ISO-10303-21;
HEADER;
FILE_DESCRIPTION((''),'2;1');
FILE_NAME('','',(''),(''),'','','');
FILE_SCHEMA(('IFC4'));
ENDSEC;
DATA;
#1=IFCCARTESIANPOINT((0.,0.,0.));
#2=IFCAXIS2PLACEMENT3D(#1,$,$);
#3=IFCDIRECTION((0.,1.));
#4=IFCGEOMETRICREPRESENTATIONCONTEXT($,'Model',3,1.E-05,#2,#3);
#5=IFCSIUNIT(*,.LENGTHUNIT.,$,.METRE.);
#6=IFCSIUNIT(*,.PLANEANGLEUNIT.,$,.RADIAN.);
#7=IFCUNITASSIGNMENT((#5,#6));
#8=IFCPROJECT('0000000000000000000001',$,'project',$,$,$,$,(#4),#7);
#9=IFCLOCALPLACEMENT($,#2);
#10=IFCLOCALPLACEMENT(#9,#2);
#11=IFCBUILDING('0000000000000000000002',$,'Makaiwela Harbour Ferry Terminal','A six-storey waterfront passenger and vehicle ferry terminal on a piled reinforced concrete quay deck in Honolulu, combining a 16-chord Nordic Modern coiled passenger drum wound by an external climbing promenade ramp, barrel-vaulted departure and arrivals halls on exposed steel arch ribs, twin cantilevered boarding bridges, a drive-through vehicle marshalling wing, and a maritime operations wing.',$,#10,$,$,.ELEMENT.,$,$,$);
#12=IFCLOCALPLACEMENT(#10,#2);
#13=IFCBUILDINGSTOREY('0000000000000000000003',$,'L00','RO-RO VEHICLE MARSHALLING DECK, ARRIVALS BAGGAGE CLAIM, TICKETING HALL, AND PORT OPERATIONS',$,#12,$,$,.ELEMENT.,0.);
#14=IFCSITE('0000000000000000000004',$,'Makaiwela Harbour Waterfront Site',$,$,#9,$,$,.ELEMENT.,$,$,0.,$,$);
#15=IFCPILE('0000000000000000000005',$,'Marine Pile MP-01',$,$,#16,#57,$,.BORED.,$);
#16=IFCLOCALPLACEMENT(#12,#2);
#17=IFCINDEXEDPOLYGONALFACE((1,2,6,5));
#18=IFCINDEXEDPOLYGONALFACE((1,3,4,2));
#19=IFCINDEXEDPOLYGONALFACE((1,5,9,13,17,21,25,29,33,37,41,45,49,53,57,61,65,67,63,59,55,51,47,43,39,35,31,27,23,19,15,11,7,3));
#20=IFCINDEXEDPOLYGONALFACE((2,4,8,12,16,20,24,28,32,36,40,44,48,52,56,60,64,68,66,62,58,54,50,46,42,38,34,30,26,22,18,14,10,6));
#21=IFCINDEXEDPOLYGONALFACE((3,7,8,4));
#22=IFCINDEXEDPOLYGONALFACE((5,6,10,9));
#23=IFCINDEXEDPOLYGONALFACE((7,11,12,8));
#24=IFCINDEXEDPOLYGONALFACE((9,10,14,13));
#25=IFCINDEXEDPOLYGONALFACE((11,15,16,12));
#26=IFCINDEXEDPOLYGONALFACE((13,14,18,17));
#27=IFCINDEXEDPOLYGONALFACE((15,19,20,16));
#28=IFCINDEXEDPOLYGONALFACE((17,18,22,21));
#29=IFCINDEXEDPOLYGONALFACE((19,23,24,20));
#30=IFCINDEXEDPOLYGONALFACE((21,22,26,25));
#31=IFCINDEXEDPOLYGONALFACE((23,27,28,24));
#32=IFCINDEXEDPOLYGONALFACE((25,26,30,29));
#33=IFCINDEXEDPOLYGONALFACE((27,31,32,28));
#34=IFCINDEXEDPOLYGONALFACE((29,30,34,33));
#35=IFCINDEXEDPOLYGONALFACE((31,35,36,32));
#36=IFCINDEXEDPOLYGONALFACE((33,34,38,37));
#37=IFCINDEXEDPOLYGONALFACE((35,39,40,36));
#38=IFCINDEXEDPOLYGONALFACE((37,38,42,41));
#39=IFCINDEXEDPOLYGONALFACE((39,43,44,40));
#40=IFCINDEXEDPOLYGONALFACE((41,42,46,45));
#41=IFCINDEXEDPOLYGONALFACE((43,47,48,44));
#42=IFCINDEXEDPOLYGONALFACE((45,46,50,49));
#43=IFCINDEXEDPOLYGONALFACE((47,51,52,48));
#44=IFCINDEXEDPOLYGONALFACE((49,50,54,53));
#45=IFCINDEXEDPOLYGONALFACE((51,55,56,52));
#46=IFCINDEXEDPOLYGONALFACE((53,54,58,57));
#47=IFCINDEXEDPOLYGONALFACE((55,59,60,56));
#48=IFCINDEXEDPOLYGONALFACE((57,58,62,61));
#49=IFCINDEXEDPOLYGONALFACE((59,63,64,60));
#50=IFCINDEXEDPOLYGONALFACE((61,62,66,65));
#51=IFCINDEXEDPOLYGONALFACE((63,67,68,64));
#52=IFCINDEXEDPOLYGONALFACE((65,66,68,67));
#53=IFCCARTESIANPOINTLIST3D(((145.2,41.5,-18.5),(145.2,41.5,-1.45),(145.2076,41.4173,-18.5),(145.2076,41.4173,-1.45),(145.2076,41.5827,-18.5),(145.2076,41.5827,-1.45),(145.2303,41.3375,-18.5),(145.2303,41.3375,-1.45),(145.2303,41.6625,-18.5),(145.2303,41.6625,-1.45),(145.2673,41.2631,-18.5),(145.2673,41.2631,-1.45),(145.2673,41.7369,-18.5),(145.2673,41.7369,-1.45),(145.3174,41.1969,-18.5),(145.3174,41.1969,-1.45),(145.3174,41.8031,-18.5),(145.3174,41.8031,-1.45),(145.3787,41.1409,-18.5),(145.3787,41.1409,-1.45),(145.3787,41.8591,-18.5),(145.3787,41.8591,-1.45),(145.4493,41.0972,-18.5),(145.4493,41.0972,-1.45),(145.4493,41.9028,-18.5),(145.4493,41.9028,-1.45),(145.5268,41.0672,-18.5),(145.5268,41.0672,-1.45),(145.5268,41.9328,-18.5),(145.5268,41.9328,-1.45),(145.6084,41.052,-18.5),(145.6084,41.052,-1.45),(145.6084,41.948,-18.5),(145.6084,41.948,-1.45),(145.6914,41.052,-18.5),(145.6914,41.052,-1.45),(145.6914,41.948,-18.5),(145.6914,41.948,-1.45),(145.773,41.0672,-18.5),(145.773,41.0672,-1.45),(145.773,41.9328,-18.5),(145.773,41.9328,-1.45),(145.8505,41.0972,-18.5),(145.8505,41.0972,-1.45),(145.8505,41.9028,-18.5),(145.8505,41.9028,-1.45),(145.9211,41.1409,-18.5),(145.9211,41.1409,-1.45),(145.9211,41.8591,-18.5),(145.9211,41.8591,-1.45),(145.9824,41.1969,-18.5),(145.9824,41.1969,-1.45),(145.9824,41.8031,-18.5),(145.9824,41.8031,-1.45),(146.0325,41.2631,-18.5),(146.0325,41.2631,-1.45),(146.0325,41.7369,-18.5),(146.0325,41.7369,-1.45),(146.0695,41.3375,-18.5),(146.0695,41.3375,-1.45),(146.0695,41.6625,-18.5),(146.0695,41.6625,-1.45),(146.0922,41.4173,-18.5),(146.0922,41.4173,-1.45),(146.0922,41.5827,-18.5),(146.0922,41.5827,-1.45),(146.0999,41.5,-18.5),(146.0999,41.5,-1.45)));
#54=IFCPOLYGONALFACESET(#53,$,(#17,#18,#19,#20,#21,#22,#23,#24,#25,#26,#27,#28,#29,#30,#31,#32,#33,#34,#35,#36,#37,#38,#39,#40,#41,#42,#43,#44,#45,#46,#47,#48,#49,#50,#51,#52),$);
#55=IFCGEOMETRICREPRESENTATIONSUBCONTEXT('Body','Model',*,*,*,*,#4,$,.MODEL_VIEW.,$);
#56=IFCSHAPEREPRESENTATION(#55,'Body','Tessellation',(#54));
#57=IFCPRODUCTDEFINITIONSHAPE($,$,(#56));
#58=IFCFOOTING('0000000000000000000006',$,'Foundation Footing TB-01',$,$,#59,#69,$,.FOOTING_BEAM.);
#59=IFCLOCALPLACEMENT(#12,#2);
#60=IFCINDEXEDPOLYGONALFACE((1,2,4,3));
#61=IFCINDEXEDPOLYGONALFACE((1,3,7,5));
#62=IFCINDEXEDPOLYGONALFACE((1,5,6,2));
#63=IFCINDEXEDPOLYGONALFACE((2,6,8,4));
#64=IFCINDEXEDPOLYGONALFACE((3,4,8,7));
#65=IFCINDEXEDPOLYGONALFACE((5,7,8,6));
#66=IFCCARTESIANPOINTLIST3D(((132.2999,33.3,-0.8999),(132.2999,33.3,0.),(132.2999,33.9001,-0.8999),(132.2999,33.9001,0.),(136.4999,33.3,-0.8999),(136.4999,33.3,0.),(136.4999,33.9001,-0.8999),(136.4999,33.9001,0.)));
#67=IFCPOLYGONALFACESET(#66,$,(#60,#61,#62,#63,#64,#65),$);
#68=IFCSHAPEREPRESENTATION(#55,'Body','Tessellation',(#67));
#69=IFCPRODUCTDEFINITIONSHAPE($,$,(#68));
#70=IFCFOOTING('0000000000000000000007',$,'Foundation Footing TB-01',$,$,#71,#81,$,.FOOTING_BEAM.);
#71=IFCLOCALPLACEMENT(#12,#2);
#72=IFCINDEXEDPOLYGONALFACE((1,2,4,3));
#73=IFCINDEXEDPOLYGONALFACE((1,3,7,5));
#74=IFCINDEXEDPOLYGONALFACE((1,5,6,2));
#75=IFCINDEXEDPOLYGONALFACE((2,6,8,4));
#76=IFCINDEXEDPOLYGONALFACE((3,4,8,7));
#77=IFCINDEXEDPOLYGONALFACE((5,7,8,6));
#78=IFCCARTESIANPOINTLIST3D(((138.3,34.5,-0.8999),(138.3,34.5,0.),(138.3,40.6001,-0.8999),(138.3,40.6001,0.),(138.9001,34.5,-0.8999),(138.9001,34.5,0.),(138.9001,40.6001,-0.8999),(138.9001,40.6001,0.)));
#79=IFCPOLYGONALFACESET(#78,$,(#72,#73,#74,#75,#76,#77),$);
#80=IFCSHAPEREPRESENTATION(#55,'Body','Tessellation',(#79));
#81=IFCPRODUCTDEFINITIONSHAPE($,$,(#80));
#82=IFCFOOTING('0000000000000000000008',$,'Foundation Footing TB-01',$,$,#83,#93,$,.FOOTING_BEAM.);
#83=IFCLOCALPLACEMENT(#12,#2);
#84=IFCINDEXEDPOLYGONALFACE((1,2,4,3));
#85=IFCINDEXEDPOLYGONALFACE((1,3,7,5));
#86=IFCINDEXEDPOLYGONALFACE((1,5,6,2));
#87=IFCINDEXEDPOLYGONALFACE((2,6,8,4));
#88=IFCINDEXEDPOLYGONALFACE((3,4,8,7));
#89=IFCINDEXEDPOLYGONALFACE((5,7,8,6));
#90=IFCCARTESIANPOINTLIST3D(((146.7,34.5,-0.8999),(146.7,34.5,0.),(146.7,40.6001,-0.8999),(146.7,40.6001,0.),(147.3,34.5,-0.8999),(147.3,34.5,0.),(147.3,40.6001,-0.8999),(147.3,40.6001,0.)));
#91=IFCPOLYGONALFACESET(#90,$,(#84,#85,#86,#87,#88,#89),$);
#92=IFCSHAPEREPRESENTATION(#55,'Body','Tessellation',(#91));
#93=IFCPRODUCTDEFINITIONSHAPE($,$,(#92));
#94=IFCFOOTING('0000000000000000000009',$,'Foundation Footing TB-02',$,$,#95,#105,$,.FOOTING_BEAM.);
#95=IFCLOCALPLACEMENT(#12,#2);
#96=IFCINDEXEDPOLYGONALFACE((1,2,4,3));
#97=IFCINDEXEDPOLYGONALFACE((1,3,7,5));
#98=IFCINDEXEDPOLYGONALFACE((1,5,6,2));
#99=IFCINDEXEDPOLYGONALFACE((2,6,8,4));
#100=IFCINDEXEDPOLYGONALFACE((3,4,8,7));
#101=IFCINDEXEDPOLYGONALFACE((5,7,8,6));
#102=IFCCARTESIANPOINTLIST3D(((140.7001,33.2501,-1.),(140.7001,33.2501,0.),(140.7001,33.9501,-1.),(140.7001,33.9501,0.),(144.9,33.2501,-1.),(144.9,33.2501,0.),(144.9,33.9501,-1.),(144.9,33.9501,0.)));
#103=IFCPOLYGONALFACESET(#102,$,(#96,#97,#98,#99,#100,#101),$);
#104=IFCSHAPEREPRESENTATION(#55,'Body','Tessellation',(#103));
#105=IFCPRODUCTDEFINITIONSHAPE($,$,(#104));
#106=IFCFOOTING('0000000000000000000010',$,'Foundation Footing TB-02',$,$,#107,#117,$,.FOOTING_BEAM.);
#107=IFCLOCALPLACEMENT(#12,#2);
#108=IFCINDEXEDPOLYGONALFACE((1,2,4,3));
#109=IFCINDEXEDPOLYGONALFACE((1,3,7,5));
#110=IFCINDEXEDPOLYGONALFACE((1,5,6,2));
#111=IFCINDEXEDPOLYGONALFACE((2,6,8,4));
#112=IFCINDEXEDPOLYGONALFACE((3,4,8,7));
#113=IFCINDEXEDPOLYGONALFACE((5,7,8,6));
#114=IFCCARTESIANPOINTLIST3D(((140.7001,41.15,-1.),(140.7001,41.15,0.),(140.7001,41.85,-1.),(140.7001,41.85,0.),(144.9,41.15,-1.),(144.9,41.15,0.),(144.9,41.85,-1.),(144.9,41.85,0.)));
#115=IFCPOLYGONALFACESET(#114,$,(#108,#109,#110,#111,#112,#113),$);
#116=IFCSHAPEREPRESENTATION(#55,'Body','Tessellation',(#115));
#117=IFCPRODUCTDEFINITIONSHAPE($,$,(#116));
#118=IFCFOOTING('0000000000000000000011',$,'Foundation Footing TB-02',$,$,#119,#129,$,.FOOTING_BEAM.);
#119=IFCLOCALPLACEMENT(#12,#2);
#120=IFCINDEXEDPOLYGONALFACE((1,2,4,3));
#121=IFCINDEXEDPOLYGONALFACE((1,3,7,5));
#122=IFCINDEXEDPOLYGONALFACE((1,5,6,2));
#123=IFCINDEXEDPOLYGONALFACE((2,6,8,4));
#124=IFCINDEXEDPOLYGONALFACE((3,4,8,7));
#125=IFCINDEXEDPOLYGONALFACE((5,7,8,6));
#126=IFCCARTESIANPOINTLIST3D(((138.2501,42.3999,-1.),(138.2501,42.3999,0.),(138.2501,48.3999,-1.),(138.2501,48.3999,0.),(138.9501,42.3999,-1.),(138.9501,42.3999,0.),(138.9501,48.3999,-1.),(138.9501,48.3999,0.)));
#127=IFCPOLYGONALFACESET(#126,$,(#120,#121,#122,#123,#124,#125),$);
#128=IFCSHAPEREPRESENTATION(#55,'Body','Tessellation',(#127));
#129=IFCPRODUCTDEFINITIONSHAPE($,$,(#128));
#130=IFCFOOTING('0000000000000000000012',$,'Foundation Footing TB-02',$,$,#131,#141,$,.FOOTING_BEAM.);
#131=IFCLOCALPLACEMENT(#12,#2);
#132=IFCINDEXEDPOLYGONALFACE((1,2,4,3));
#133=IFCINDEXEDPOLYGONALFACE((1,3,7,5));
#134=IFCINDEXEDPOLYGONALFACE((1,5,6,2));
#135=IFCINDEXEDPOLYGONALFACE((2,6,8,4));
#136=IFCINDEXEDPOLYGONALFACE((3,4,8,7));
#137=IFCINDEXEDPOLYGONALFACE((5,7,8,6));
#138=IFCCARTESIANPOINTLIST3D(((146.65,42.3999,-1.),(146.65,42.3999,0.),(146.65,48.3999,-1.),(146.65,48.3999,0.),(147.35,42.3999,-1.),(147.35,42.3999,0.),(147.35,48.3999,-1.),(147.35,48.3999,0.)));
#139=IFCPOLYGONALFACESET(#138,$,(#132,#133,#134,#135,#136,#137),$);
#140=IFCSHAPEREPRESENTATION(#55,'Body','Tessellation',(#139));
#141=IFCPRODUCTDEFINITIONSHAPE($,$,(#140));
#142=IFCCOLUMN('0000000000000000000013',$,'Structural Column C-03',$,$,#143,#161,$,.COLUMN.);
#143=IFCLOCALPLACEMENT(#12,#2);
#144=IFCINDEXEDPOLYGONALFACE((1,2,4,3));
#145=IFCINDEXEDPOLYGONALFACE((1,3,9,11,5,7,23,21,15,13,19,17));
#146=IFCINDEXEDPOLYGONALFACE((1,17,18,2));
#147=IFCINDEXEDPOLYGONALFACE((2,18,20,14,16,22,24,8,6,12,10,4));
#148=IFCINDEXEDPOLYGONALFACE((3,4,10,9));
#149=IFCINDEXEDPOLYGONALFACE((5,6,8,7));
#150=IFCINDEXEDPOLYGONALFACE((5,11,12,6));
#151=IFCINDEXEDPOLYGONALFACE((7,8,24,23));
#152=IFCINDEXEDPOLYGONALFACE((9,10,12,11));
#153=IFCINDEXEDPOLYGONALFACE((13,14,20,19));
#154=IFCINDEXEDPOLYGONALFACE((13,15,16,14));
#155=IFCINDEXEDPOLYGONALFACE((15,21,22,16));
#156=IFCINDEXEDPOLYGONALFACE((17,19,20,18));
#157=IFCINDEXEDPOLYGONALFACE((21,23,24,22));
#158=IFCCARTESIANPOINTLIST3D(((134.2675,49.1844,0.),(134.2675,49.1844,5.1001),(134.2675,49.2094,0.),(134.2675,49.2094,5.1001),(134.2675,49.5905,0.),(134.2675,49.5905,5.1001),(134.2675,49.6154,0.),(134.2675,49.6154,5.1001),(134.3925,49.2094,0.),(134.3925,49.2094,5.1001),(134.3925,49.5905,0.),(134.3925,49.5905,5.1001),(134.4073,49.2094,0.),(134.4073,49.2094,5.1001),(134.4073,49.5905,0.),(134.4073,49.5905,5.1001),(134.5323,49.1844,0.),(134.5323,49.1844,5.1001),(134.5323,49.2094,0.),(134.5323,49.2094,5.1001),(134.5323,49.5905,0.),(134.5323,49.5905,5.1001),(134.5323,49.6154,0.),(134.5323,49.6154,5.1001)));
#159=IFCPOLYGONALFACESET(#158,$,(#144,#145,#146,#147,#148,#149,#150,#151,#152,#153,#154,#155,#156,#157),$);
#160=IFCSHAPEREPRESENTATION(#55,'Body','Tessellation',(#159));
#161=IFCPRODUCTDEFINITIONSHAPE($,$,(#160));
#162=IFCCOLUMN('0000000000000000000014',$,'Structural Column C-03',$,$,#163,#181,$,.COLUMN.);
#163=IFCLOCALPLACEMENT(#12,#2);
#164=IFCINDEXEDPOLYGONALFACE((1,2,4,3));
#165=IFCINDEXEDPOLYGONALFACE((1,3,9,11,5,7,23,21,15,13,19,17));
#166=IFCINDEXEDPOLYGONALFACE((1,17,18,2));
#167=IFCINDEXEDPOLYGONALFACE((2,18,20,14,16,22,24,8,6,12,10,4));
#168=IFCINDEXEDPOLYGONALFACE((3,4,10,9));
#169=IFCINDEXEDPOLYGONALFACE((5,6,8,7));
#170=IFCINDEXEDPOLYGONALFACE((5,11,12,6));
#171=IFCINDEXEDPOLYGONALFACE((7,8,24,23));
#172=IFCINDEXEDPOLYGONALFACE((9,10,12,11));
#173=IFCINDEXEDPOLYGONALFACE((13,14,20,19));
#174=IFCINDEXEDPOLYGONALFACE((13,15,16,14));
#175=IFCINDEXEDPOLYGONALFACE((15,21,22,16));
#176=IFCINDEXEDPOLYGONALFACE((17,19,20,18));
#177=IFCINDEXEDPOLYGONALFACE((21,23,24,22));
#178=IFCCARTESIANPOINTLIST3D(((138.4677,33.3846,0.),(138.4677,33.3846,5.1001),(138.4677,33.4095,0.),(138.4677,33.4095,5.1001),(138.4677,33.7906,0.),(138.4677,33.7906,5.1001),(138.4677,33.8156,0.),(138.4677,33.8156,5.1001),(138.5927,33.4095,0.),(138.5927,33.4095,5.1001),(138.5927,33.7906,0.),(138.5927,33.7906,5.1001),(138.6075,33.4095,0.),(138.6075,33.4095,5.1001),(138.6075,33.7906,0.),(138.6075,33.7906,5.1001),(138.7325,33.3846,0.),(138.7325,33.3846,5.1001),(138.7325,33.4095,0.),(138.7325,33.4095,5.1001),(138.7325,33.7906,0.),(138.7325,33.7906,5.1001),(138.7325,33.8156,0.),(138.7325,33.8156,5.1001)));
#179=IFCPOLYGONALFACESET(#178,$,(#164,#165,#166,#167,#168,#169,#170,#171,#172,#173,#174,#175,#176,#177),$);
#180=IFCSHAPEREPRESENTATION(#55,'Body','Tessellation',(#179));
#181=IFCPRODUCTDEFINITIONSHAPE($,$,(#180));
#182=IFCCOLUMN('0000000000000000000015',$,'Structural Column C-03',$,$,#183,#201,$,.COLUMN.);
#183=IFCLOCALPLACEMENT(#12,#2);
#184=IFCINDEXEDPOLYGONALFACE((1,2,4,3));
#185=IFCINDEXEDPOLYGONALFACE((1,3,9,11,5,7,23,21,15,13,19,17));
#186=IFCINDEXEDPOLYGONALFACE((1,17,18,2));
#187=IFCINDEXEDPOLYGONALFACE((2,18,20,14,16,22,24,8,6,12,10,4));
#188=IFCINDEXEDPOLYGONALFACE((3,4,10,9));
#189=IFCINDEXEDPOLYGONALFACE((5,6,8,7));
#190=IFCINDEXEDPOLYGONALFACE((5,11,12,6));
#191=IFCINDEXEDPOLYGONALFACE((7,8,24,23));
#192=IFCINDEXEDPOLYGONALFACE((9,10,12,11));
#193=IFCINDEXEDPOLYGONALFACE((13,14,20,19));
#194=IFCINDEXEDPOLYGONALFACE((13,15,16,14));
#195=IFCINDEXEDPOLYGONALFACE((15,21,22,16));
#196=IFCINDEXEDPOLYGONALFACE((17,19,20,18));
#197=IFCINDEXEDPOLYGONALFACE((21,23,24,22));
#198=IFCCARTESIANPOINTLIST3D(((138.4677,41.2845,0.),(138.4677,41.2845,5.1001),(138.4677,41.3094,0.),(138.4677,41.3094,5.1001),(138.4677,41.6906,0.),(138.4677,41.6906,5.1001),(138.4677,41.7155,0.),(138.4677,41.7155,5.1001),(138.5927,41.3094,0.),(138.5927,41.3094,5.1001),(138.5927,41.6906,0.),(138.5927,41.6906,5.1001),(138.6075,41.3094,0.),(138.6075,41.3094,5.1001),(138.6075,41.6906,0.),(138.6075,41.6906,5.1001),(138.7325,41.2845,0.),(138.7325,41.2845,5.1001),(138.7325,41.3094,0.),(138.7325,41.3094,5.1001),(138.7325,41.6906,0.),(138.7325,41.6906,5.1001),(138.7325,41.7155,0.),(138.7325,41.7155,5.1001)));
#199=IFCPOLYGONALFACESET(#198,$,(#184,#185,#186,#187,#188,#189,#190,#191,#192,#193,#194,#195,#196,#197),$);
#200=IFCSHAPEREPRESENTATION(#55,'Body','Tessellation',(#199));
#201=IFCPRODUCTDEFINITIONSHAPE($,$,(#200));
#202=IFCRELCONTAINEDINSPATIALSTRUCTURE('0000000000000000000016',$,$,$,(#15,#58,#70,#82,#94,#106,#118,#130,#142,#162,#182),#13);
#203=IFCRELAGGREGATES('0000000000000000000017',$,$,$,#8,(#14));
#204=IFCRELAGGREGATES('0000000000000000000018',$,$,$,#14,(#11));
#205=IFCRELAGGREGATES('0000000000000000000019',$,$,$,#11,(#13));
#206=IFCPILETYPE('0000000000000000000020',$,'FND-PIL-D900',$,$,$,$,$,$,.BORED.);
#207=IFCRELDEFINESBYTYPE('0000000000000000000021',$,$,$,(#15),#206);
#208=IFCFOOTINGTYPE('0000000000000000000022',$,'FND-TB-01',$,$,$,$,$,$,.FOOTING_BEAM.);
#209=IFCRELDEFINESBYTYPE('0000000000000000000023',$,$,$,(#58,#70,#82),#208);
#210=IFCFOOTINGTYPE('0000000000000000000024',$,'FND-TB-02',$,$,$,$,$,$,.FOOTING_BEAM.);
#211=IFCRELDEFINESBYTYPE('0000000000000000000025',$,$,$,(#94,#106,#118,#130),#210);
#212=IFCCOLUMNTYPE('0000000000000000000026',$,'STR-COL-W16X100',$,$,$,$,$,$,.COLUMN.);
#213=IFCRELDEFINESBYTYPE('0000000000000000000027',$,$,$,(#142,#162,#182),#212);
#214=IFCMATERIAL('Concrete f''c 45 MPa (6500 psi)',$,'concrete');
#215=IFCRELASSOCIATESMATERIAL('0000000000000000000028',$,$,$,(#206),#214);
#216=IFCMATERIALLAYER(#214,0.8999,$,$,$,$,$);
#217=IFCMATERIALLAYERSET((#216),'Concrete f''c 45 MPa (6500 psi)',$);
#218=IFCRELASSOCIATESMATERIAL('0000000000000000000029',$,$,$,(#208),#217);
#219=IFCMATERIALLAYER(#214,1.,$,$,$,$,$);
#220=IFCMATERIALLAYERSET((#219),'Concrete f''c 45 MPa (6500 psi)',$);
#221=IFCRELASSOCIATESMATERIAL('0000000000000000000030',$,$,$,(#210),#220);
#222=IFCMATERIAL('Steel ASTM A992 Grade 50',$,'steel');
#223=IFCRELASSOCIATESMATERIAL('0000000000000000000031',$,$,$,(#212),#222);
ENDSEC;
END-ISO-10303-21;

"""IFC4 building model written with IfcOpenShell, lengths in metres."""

from ifc_helpers import new_model, si_unit, direction, frame, origin, origin_2d, place, context, subcontext, project, spatial, rectangle, circle, i_section, extrude, material, layer, layer_set, material_profile, profile_set, type_object, element, save


model = new_model("IFC4")

# Units and contexts
model_context = context("Model", 3, precision=1e-05, world=origin(), true_north=direction((0.0, 1.0)))
body_context = subcontext(model_context, "Body", "Model", "MODEL_VIEW")
ifc_project = project(units=[si_unit("LENGTHUNIT", "METRE"), si_unit("PLANEANGLEUNIT", "RADIAN")], contexts=[model_context])

# Site, building, storey
site_placement = place(None, origin())
site = spatial("IfcSite", under=ifc_project, at=site_placement, Name="Makaiwela Harbour Waterfront Site", CompositionType="ELEMENT", RefElevation=0.0)
building_placement = place(site_placement, origin())
building = spatial("IfcBuilding", under=site, at=building_placement, Name="Makaiwela Harbour Ferry Terminal", Description="A six-storey waterfront passenger and vehicle ferry terminal on a piled reinforced concrete quay deck in Honolulu, combining a 16-chord Nordic Modern coiled passenger drum wound by an external climbing promenade ramp, barrel-vaulted departure and arrivals halls on exposed steel arch ribs, twin cantilevered boarding bridges, a drive-through vehicle marshalling wing, and a maritime operations wing.", CompositionType="ELEMENT")
storey_placement = place(building_placement, origin())
storey = spatial("IfcBuildingStorey", under=building, at=storey_placement, Name="L00", Description="RO-RO VEHICLE MARSHALLING DECK, ARRIVALS BAGGAGE CLAIM, TICKETING HALL, AND PORT OPERATIONS", CompositionType="ELEMENT", Elevation=0.0)

# Shared definitions
ifc_material_1 = material(Name="Concrete f'c 45 MPa (6500 psi)", Category="concrete")

# Pile
ifc_material_profile_1 = material_profile(ifc_material_1, circle(Radius=0.45, at=origin_2d()), Name="PILE-D900")
ifc_profile_set_1 = profile_set([ifc_material_profile_1], Name="Concrete f'c 45 MPa (6500 psi)")
pile_type = type_object("IfcPileType", Name="FND-PIL-D900", PredefinedType="BORED", material=ifc_profile_set_1)
for number, where, z_axis, x_axis, name in (
    (1, (145.6499, 41.5, -1.45), (0.0, 0.0, -1.0), (1.0, 0.0, 0.0), "Marine Pile MP-01"),
):
    element("IfcPile", number, at=place(storey_placement, frame(where, z_axis=z_axis, x_axis=x_axis)), inside=storey, type_object=pile_type, Name=name, PredefinedType="BORED", context=body_context, shape_type="SweptSolid", body=[
        extrude(circle(Radius=0.45, at=origin_2d()), origin(), (0.0, 0.0, 1.0), 17.05),
    ])

# Footings
ifc_layer_1 = layer(ifc_material_1, 0.8999)
ifc_layer_set_1 = layer_set([ifc_layer_1], Name="Concrete f'c 45 MPa (6500 psi)")
footing_type_1 = type_object("IfcFootingType", Name="FND-TB-01", PredefinedType="FOOTING_BEAM", material=ifc_layer_set_1)
footing_1_placement = place(storey_placement, frame((134.3999, 33.6001, -0.8999), z_axis=(0.0, 0.0, 1.0), x_axis=(1.0, 0.0, 0.0)))
element("IfcFooting", 2, at=footing_1_placement, inside=storey, type_object=footing_type_1, Name="Foundation Footing TB-01", PredefinedType="FOOTING_BEAM", context=body_context, shape_type="SweptSolid", body=[
    extrude(rectangle(XDim=4.2, YDim=0.6001, at=origin_2d()), origin(), (0.0, 0.0, 1.0), 0.8999),
])
for number, where, z_axis, x_axis, name in (
    (3, (138.6001, 37.55, -0.8999), (0.0, 0.0, 1.0), (0.0, 1.0, 0.0), "Foundation Footing TB-01"),
    (4, (147.0, 37.55, -0.8999), (0.0, 0.0, 1.0), (0.0, 1.0, 0.0), "Foundation Footing TB-01"),
):
    element("IfcFooting", number, at=place(storey_placement, frame(where, z_axis=z_axis, x_axis=x_axis)), inside=storey, type_object=footing_type_1, Name=name, PredefinedType="FOOTING_BEAM", context=body_context, shape_type="SweptSolid", body=[
        extrude(rectangle(XDim=6.1001, YDim=0.6001, at=origin_2d()), origin(), (0.0, 0.0, 1.0), 0.8999),
    ])
ifc_layer_2 = layer(ifc_material_1, 1.0)
ifc_layer_set_2 = layer_set([ifc_layer_2], Name="Concrete f'c 45 MPa (6500 psi)")
footing_type_2 = type_object("IfcFootingType", Name="FND-TB-02", PredefinedType="FOOTING_BEAM", material=ifc_layer_set_2)
for number, where, z_axis, x_axis, name in (
    (5, (142.8, 33.6001, -1.0), (0.0, 0.0, 1.0), (1.0, 0.0, 0.0), "Foundation Footing TB-02"),
    (6, (142.8, 41.5, -1.0), (0.0, 0.0, 1.0), (1.0, 0.0, 0.0), "Foundation Footing TB-02"),
):
    element("IfcFooting", number, at=place(storey_placement, frame(where, z_axis=z_axis, x_axis=x_axis)), inside=storey, type_object=footing_type_2, Name=name, PredefinedType="FOOTING_BEAM", context=body_context, shape_type="SweptSolid", body=[
        extrude(rectangle(XDim=4.2, YDim=0.7, at=origin_2d()), origin(), (0.0, 0.0, 1.0), 1.0),
    ])
for number, where, z_axis, x_axis, name in (
    (7, (138.6001, 45.3999, -1.0), (0.0, 0.0, 1.0), (0.0, 1.0, 0.0), "Foundation Footing TB-02"),
    (8, (147.0, 45.3999, -1.0), (0.0, 0.0, 1.0), (0.0, 1.0, 0.0), "Foundation Footing TB-02"),
):
    element("IfcFooting", number, at=place(storey_placement, frame(where, z_axis=z_axis, x_axis=x_axis)), inside=storey, type_object=footing_type_2, Name=name, PredefinedType="FOOTING_BEAM", context=body_context, shape_type="SweptSolid", body=[
        extrude(rectangle(XDim=6.0, YDim=0.7, at=origin_2d()), origin(), (0.0, 0.0, 1.0), 1.0),
    ])

# Columns
ifc_material_2 = material(Name="Steel ASTM A992 Grade 50", Category="steel")
ifc_material_profile_2 = material_profile(ifc_material_2, i_section(OverallWidth=0.2649, OverallDepth=0.4309, WebThickness=0.0149, FlangeThickness=0.0249, at=origin_2d()), Name="W16X100")
ifc_profile_set_2 = profile_set([ifc_material_profile_2], Name="Steel ASTM A992 Grade 50")
column_type = type_object("IfcColumnType", Name="STR-COL-W16X100", PredefinedType="COLUMN", material=ifc_profile_set_2)
for number, where, z_axis, x_axis, name in (
    (9, (134.3999, 49.3999, 0.0), (0.0, 0.0, 1.0), (1.0, 0.0, 0.0), "Structural Column C-03"),
    (10, (138.6001, 33.6001, 0.0), (0.0, 0.0, 1.0), (1.0, 0.0, 0.0), "Structural Column C-03"),
    (11, (138.6001, 41.5, 0.0), (0.0, 0.0, 1.0), (1.0, 0.0, 0.0), "Structural Column C-03"),
):
    element("IfcColumn", number, at=place(storey_placement, frame(where, z_axis=z_axis, x_axis=x_axis)), inside=storey, type_object=column_type, Name=name, PredefinedType="COLUMN", context=body_context, shape_type="SweptSolid", body=[
        extrude(i_section(OverallWidth=0.2649, OverallDepth=0.4309, WebThickness=0.0149, FlangeThickness=0.0249, at=origin_2d()), origin(), (0.0, 0.0, 1.0), 5.1001),
    ])

save(model, "model.ifc")
